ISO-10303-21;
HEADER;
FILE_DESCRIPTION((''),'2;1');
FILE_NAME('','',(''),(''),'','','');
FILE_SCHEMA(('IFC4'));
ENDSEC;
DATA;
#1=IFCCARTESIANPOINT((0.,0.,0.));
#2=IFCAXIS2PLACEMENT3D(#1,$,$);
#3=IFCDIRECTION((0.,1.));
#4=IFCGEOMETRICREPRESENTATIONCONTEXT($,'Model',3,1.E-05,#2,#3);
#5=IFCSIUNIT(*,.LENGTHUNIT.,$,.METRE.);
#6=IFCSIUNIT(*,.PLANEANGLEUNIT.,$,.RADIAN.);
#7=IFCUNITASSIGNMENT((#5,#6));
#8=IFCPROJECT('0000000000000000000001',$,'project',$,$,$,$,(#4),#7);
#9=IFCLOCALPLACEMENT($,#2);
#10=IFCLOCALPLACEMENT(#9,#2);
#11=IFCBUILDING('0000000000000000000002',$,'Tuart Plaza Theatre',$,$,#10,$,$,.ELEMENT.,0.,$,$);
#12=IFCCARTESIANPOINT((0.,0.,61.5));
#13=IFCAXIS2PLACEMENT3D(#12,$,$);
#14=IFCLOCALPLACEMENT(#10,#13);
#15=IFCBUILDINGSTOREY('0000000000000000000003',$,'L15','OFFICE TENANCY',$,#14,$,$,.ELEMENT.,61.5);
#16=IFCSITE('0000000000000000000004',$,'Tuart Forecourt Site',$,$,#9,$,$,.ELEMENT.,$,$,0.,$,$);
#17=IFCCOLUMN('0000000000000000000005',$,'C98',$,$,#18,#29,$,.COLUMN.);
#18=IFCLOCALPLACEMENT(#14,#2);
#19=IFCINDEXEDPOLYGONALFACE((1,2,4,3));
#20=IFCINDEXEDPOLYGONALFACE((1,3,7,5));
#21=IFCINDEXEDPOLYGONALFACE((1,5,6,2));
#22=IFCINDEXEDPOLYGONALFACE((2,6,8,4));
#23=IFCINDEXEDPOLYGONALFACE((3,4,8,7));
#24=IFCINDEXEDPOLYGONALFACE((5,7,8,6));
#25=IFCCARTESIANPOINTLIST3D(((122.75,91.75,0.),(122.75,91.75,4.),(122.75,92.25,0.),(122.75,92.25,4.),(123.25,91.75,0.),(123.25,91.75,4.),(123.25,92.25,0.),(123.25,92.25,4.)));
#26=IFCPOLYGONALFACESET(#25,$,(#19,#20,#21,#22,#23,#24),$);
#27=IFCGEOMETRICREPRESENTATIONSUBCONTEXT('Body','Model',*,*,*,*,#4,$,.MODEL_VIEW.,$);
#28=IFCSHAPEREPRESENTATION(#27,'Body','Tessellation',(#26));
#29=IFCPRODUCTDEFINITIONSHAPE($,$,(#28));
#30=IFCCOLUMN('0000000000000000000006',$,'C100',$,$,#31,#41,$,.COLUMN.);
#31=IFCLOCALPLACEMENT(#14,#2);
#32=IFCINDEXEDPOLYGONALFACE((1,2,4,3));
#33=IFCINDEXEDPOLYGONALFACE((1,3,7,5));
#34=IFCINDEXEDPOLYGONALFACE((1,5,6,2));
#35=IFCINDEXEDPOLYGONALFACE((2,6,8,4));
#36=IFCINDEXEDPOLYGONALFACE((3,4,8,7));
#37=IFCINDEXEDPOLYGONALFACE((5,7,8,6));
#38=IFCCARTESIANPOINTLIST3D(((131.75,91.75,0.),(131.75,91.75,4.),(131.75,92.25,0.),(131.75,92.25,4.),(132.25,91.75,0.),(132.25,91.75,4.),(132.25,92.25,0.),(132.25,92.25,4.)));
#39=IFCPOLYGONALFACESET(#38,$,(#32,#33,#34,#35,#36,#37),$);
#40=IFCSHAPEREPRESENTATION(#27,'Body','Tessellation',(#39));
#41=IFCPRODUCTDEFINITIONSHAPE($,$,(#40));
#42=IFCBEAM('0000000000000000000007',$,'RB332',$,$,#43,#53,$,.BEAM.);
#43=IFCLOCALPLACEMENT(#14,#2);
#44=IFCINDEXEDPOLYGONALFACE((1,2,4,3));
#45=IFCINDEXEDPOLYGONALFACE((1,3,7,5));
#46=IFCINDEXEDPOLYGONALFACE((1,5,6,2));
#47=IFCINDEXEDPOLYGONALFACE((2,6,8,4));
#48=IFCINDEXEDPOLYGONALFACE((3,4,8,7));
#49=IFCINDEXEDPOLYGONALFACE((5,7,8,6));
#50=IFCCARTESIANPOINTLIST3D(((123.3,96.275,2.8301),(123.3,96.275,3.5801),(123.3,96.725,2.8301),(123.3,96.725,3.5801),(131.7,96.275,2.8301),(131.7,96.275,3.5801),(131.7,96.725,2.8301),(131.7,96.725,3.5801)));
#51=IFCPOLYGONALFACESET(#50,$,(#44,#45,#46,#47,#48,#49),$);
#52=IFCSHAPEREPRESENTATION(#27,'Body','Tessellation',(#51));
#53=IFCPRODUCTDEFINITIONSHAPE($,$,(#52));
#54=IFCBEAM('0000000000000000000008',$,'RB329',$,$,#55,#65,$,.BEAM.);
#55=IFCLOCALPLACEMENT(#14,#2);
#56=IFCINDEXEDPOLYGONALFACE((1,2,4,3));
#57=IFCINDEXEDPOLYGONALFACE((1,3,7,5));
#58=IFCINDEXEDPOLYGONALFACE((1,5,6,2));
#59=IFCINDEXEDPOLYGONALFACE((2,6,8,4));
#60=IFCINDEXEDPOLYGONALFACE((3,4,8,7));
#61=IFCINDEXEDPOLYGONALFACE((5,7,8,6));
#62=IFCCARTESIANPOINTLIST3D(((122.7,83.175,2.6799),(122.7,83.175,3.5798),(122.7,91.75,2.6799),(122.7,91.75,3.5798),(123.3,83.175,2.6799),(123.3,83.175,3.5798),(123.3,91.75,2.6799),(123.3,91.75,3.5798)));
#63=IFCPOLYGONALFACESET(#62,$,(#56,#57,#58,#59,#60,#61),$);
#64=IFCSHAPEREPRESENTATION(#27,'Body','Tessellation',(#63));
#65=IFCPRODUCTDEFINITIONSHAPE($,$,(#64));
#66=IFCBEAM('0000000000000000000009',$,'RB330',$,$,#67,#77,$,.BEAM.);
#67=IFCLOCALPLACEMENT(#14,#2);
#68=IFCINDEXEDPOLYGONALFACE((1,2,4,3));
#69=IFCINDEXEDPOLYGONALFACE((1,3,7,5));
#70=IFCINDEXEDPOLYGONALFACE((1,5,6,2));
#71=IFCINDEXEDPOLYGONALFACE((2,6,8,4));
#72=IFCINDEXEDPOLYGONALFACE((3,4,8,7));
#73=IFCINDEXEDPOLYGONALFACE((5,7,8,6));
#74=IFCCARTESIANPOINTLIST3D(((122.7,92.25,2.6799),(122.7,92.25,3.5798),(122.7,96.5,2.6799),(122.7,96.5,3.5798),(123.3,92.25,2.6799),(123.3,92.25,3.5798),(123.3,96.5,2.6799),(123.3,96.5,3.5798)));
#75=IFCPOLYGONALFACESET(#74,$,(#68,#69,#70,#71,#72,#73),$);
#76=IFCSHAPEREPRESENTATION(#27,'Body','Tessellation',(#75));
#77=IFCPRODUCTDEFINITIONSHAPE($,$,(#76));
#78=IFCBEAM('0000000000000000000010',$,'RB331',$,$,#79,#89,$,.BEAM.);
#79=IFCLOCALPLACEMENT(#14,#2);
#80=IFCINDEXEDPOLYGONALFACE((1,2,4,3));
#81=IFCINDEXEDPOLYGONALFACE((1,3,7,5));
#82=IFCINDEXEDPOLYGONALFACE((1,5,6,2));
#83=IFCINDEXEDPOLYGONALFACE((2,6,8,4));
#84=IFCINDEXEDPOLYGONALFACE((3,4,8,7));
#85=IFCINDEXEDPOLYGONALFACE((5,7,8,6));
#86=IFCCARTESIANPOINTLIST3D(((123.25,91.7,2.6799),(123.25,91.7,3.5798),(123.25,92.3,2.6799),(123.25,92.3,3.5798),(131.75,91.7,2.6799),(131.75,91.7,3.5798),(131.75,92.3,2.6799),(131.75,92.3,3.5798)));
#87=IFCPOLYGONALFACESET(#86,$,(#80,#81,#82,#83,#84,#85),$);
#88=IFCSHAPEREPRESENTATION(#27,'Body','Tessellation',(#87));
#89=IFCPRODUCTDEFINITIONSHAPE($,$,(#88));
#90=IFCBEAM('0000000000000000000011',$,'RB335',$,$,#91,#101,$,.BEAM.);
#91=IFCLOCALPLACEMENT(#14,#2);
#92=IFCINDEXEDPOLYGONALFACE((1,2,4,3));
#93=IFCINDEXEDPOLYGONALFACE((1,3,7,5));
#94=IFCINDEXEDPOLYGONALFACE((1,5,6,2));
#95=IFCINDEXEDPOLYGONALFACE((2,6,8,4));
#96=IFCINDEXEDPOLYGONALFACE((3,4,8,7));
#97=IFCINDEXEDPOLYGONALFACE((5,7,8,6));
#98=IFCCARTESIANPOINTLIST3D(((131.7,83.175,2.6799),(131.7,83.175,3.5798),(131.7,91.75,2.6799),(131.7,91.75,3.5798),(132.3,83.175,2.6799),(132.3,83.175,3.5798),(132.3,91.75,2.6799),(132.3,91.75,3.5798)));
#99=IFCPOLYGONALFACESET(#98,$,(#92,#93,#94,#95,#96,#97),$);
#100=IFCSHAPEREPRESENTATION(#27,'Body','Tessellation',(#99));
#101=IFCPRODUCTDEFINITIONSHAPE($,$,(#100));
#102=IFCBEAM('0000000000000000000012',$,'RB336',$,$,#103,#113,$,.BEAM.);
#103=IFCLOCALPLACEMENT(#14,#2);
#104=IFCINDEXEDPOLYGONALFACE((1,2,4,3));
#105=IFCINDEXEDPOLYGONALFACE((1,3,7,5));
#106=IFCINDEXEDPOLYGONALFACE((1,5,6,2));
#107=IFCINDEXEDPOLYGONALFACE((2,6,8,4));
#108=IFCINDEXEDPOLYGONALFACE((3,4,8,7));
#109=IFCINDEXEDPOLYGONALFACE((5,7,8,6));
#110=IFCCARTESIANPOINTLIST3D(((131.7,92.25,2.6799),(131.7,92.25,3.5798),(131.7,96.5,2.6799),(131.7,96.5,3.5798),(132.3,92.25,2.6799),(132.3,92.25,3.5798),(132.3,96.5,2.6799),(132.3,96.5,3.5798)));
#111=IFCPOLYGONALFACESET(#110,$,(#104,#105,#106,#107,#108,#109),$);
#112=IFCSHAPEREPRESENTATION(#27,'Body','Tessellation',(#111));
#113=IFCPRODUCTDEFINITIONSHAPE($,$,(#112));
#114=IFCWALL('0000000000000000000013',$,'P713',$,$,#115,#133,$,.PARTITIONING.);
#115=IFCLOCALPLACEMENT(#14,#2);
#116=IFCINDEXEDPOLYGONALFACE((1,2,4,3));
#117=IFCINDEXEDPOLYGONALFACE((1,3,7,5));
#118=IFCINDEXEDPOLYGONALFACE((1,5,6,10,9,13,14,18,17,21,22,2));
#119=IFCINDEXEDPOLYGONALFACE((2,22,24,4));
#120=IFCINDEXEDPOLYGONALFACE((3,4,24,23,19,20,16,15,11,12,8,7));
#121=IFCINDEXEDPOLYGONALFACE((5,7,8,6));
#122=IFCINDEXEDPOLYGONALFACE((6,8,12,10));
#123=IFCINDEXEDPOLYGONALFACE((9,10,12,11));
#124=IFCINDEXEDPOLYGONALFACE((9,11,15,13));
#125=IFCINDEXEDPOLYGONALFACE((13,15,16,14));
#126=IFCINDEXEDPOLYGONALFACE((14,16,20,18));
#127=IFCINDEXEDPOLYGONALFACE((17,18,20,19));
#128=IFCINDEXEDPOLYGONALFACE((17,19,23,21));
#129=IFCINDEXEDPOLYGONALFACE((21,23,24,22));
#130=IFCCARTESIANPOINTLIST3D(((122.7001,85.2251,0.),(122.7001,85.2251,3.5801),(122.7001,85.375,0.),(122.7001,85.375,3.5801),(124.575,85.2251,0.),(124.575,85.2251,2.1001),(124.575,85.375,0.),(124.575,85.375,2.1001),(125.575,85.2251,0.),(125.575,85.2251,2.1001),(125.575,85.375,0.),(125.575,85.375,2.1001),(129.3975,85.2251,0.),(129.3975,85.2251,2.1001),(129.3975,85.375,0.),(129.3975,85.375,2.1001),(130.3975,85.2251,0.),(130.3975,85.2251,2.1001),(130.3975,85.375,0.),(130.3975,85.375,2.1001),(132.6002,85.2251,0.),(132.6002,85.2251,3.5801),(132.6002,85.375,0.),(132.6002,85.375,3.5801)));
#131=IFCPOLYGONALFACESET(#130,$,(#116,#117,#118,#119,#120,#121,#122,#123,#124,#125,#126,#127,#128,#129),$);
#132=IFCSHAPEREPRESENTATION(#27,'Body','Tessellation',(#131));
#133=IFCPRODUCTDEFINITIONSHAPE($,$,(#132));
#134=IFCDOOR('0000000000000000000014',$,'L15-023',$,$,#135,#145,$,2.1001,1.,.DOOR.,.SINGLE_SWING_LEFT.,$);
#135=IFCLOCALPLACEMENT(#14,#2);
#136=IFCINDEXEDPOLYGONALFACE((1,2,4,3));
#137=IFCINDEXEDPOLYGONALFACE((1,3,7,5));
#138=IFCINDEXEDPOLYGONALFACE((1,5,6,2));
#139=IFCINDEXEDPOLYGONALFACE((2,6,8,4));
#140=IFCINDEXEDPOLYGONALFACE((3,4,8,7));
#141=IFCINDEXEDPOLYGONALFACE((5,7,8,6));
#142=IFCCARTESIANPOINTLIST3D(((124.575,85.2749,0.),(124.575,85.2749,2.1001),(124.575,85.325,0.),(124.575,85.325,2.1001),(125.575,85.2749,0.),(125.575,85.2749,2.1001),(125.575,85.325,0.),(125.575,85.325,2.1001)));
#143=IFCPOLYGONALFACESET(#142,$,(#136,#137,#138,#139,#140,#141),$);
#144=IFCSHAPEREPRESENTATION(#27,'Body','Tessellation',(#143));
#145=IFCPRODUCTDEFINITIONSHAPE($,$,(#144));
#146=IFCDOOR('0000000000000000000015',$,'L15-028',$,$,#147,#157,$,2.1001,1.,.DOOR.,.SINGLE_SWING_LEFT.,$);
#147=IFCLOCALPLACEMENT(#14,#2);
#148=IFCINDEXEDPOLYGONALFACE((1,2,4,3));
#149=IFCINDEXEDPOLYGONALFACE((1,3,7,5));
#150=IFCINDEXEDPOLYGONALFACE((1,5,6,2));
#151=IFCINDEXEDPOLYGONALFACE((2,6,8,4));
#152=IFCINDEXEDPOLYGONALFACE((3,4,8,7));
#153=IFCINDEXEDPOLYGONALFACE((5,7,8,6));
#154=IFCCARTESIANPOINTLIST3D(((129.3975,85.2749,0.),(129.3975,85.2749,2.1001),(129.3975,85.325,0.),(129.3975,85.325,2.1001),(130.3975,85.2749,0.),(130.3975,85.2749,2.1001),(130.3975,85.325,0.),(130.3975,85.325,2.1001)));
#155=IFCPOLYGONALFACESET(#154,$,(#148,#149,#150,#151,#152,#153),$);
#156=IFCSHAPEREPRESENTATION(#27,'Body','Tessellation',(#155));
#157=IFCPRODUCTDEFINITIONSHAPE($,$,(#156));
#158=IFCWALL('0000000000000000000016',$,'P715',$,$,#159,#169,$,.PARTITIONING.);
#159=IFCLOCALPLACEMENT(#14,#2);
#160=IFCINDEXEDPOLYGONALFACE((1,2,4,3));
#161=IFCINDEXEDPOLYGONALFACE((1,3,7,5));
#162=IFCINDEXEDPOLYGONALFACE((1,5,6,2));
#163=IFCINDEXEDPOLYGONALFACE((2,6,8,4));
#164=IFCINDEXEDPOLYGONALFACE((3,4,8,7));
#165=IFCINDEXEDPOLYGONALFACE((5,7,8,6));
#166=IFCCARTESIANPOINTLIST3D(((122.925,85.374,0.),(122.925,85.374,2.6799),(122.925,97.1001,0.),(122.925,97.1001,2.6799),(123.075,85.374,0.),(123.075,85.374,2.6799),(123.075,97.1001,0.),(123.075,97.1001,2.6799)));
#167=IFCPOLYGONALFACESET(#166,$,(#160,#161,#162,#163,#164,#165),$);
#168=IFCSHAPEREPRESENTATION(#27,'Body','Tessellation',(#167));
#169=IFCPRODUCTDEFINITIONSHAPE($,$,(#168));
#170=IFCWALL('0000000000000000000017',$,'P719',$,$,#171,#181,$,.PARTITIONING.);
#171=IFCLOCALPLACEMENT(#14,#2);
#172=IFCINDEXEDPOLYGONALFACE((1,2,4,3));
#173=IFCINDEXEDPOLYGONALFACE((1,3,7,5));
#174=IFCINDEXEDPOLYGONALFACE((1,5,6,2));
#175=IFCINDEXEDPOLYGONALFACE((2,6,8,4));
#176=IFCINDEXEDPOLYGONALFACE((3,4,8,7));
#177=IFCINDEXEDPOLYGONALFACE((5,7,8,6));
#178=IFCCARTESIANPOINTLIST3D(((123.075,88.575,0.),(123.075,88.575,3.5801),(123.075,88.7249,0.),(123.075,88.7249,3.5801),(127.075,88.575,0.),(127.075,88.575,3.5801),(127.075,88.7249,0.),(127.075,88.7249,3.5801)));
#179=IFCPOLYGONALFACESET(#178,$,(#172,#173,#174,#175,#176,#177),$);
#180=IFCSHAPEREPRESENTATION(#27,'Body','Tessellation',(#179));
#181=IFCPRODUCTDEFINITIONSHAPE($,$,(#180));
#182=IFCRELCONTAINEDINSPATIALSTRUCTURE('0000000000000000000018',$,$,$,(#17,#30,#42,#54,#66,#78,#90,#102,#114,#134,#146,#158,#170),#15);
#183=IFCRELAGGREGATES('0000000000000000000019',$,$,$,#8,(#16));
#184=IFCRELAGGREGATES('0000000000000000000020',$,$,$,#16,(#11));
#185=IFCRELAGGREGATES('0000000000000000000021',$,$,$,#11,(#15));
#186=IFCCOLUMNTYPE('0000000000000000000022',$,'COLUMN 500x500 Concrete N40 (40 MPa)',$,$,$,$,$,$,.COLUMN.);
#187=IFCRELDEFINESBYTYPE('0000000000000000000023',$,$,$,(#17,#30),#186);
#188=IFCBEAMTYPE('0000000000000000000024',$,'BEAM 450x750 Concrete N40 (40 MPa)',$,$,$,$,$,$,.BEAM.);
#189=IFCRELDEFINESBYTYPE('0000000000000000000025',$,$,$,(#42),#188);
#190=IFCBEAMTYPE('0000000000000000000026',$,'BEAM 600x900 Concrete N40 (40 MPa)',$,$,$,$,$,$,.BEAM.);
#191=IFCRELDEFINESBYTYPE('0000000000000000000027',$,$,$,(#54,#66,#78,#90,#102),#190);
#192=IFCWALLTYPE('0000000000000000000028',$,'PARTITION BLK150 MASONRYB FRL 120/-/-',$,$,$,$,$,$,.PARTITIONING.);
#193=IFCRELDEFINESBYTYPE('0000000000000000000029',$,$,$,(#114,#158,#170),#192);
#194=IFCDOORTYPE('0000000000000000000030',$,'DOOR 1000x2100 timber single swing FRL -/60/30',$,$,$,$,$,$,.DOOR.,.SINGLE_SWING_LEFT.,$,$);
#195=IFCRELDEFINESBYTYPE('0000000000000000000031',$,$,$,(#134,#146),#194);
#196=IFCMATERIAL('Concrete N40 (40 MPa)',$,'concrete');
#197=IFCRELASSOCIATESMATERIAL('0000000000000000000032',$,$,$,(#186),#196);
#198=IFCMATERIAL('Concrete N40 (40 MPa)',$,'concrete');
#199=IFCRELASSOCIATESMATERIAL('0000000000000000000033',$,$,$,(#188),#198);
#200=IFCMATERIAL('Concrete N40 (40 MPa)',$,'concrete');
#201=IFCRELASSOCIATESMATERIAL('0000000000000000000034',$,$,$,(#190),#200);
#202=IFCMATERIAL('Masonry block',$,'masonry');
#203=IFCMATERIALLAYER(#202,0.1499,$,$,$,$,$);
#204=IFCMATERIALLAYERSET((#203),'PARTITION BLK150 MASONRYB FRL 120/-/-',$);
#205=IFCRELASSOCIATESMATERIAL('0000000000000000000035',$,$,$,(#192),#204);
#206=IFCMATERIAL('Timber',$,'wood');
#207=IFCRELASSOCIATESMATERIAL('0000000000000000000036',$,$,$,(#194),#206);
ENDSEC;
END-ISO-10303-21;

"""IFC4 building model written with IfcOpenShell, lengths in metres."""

from ifc_helpers import new_model, si_unit, direction, frame, frame_2d, origin, origin_2d, place, context, subcontext, project, spatial, rectangle, extrude, material, layer, layer_set, material_profile, profile_set, type_object, element, fill, save


model = new_model("IFC4")

# Units and contexts
model_context = context("Model", 3, precision=1e-05, world=origin(), true_north=direction((0.0, 1.0)))
body_context = subcontext(model_context, "Body", "Model", "MODEL_VIEW")
ifc_project = project(units=[si_unit("LENGTHUNIT", "METRE"), si_unit("PLANEANGLEUNIT", "RADIAN")], contexts=[model_context])

# Site, building, storey
site_placement = place(None, origin())
site = spatial("IfcSite", under=ifc_project, at=site_placement, Name="Tuart Forecourt Site", CompositionType="ELEMENT", RefElevation=0.0)
building_placement = place(site_placement, origin())
building = spatial("IfcBuilding", under=site, at=building_placement, Name="Tuart Plaza Theatre", CompositionType="ELEMENT", ElevationOfRefHeight=0.0)
storey_placement = place(building_placement, frame((0.0, 0.0, 61.5)))
storey = spatial("IfcBuildingStorey", under=building, at=storey_placement, Name="L15", Description="OFFICE TENANCY", CompositionType="ELEMENT", Elevation=61.5)

# Columns
ifc_material_1 = material(Name="Concrete N40 (40 MPa)", Category="concrete")
ifc_material_profile_1 = material_profile(ifc_material_1, rectangle(XDim=0.5, YDim=0.5, at=origin_2d()), Name="COLUMN 500x500 Concrete N40 (40 MPa)")
ifc_profile_set_1 = profile_set([ifc_material_profile_1], Name="Concrete N40 (40 MPa)")
column_type = type_object("IfcColumnType", Name="COLUMN 500x500 Concrete N40 (40 MPa)", PredefinedType="COLUMN", material=ifc_profile_set_1)
for number, where, z_axis, x_axis, name in (
    (1, (123.0, 92.0, 0.0), (0.0, 0.0, 1.0), (1.0, 0.0, 0.0), "C98"),
    (2, (132.0, 92.0, 0.0), (0.0, 0.0, 1.0), (1.0, 0.0, 0.0), "C100"),
):
    element("IfcColumn", number, at=place(storey_placement, frame(where, z_axis=z_axis, x_axis=x_axis)), inside=storey, type_object=column_type, Name=name, PredefinedType="COLUMN", context=body_context, shape_type="SweptSolid", body=[
        extrude(rectangle(XDim=0.5, YDim=0.5, at=origin_2d()), origin(), (0.0, 0.0, 1.0), 4.0),
    ])

# Beams
ifc_material_2 = material(Name="Concrete N40 (40 MPa)", Category="concrete")
ifc_material_profile_2 = material_profile(ifc_material_2, rectangle(XDim=0.45, YDim=0.75, at=origin_2d()), Name="BEAM 450x750 Concrete N40 (40 MPa)")
ifc_profile_set_2 = profile_set([ifc_material_profile_2], Name="Concrete N40 (40 MPa)")
beam_type_1 = type_object("IfcBeamType", Name="BEAM 450x750 Concrete N40 (40 MPa)", PredefinedType="BEAM", material=ifc_profile_set_2)
beam_1_placement = place(storey_placement, frame((123.3, 96.5, 3.2051), z_axis=(1.0, 0.0, 0.0), x_axis=(0.0, 1.0, 0.0)))
element("IfcBeam", 3, at=beam_1_placement, inside=storey, type_object=beam_type_1, Name="RB332", PredefinedType="BEAM", context=body_context, shape_type="SweptSolid", body=[
    extrude(rectangle(XDim=0.45, YDim=0.75, at=origin_2d()), origin(), (0.0, 0.0, 1.0), 8.3999),
])
ifc_material_3 = material(Name="Concrete N40 (40 MPa)", Category="concrete")
ifc_material_profile_3 = material_profile(ifc_material_3, rectangle(XDim=0.6001, YDim=0.8999, at=origin_2d()), Name="BEAM 600x900 Concrete N40 (40 MPa)")
ifc_profile_set_3 = profile_set([ifc_material_profile_3], Name="Concrete N40 (40 MPa)")
beam_type_2 = type_object("IfcBeamType", Name="BEAM 600x900 Concrete N40 (40 MPa)", PredefinedType="BEAM", material=ifc_profile_set_3)
beam_2_placement = place(storey_placement, frame((123.0, 83.175, 3.1299), z_axis=(0.0, 1.0, 0.0), x_axis=(-1.0, 0.0, 0.0)))
element("IfcBeam", 4, at=beam_2_placement, inside=storey, type_object=beam_type_2, Name="RB329", PredefinedType="BEAM", context=body_context, shape_type="SweptSolid", body=[
    extrude(rectangle(XDim=0.6001, YDim=0.8999, at=origin_2d()), origin(), (0.0, 0.0, 1.0), 8.575),
])
beam_3_placement = place(storey_placement, frame((123.0, 92.25, 3.1299), z_axis=(0.0, 1.0, 0.0), x_axis=(-1.0, 0.0, 0.0)))
element("IfcBeam", 5, at=beam_3_placement, inside=storey, type_object=beam_type_2, Name="RB330", PredefinedType="BEAM", context=body_context, shape_type="SweptSolid", body=[
    extrude(rectangle(XDim=0.6001, YDim=0.8999, at=origin_2d()), origin(), (0.0, 0.0, 1.0), 4.25),
])
beam_4_placement = place(storey_placement, frame((123.25, 92.0, 3.1299), z_axis=(1.0, 0.0, 0.0), x_axis=(0.0, 1.0, 0.0)))
element("IfcBeam", 6, at=beam_4_placement, inside=storey, type_object=beam_type_2, Name="RB331", PredefinedType="BEAM", context=body_context, shape_type="SweptSolid", body=[
    extrude(rectangle(XDim=0.6001, YDim=0.8999, at=origin_2d()), origin(), (0.0, 0.0, 1.0), 8.5),
])
beam_5_placement = place(storey_placement, frame((132.0, 83.175, 3.1299), z_axis=(0.0, 1.0, 0.0), x_axis=(-1.0, 0.0, 0.0)))
element("IfcBeam", 7, at=beam_5_placement, inside=storey, type_object=beam_type_2, Name="RB335", PredefinedType="BEAM", context=body_context, shape_type="SweptSolid", body=[
    extrude(rectangle(XDim=0.6001, YDim=0.8999, at=origin_2d()), origin(), (0.0, 0.0, 1.0), 8.575),
])
beam_6_placement = place(storey_placement, frame((132.0, 92.25, 3.1299), z_axis=(0.0, 1.0, 0.0), x_axis=(-1.0, 0.0, 0.0)))
element("IfcBeam", 8, at=beam_6_placement, inside=storey, type_object=beam_type_2, Name="RB336", PredefinedType="BEAM", context=body_context, shape_type="SweptSolid", body=[
    extrude(rectangle(XDim=0.6001, YDim=0.8999, at=origin_2d()), origin(), (0.0, 0.0, 1.0), 4.25),
])

# Wall, openings, doors
ifc_material_4 = material(Name="Masonry block", Category="masonry")
ifc_layer_1 = layer(ifc_material_4, 0.1499)
ifc_layer_set_1 = layer_set([ifc_layer_1], Name="PARTITION BLK150 MASONRYB FRL 120/-/-")
wall_type_1 = type_object("IfcWallType", Name="PARTITION BLK150 MASONRYB FRL 120/-/-", PredefinedType="PARTITIONING", material=ifc_layer_set_1)
wall_1_placement = place(storey_placement, frame((122.7, 85.3, 0.0), z_axis=(0.0, 0.0, 1.0), x_axis=(1.0, 0.0, 0.0)))
wall_1 = element("IfcWall", 9, at=wall_1_placement, inside=storey, type_object=wall_type_1, Name="P713", PredefinedType="PARTITIONING", context=body_context, shape_type="SweptSolid", body=[
    extrude(rectangle(XDim=9.9001, YDim=0.1499, at=frame_2d((4.9502, 0.0))), origin(), (0.0, 0.0, 1.0), 3.5801),
])
opening_1_placement = place(wall_1_placement, frame((1.875, 0.0, 0.0)))
opening_1 = element("IfcOpeningElement", 10, at=opening_1_placement, cuts=wall_1, PredefinedType="OPENING", context=body_context, shape_type="SweptSolid", body=[
    extrude(rectangle(XDim=1.0, YDim=2.1001, at=frame_2d((0.5, 1.05))), frame((0.0, 0.085, 0.0), z_axis=(0.0, -1.0, 0.0), x_axis=(1.0, 0.0, 0.0)), (0.0, 0.0, 1.0), 0.1699),
])
opening_2_placement = place(wall_1_placement, frame((6.6975, 0.0, 0.0)))
opening_2 = element("IfcOpeningElement", 11, at=opening_2_placement, cuts=wall_1, PredefinedType="OPENING", context=body_context, shape_type="SweptSolid", body=[
    extrude(rectangle(XDim=1.0, YDim=2.1001, at=frame_2d((0.5, 1.05))), frame((0.0, 0.085, 0.0), z_axis=(0.0, -1.0, 0.0), x_axis=(1.0, 0.0, 0.0)), (0.0, 0.0, 1.0), 0.1699),
])
ifc_material_5 = material(Name="Timber", Category="wood")
door_type_1 = type_object("IfcDoorType", Name="DOOR 1000x2100 timber single swing FRL -/60/30", OperationType="SINGLE_SWING_LEFT", PredefinedType="DOOR", material=ifc_material_5)
door_1_placement = place(opening_1_placement, origin())
door_1 = element("IfcDoor", 12, at=door_1_placement, inside=storey, type_object=door_type_1, Name="L15-023", OperationType="SINGLE_SWING_LEFT", OverallHeight=2.1001, OverallWidth=1.0, PredefinedType="DOOR", context=body_context, shape_type="SweptSolid", body=[
    extrude(rectangle(XDim=1.0, YDim=2.1001, at=frame_2d((0.5, 1.05))), frame((0.0, 0.0249, 0.0), z_axis=(0.0, -1.0, 0.0), x_axis=(1.0, 0.0, 0.0)), (0.0, 0.0, 1.0), 0.05),
])
fill(opening_1, door_1)
door_2_placement = place(opening_2_placement, origin())
door_2 = element("IfcDoor", 13, at=door_2_placement, inside=storey, type_object=door_type_1, Name="L15-028", OperationType="SINGLE_SWING_LEFT", OverallHeight=2.1001, OverallWidth=1.0, PredefinedType="DOOR", context=body_context, shape_type="SweptSolid", body=[
    extrude(rectangle(XDim=1.0, YDim=2.1001, at=frame_2d((0.5, 1.05))), frame((0.0, 0.0249, 0.0), z_axis=(0.0, -1.0, 0.0), x_axis=(1.0, 0.0, 0.0)), (0.0, 0.0, 1.0), 0.05),
])
fill(opening_2, door_2)

# Walls
wall_2_placement = place(storey_placement, frame((123.0, 85.374, 0.0), z_axis=(0.0, 0.0, 1.0), x_axis=(0.0, 1.0, 0.0)))
element("IfcWall", 14, at=wall_2_placement, inside=storey, type_object=wall_type_1, Name="P715", PredefinedType="PARTITIONING", context=body_context, shape_type="SweptSolid", body=[
    extrude(rectangle(XDim=11.7261, YDim=0.1499, at=frame_2d((5.863, 0.0))), origin(), (0.0, 0.0, 1.0), 2.6799),
])
wall_3_placement = place(storey_placement, frame((123.075, 88.6499, 0.0), z_axis=(0.0, 0.0, 1.0), x_axis=(1.0, 0.0, 0.0)))
element("IfcWall", 15, at=wall_3_placement, inside=storey, type_object=wall_type_1, Name="P719", PredefinedType="PARTITIONING", context=body_context, shape_type="SweptSolid", body=[
    extrude(rectangle(XDim=4.0, YDim=0.1499, at=frame_2d((2.0, 0.0))), origin(), (0.0, 0.0, 1.0), 3.5801),
])

save(model, "model.ifc")
